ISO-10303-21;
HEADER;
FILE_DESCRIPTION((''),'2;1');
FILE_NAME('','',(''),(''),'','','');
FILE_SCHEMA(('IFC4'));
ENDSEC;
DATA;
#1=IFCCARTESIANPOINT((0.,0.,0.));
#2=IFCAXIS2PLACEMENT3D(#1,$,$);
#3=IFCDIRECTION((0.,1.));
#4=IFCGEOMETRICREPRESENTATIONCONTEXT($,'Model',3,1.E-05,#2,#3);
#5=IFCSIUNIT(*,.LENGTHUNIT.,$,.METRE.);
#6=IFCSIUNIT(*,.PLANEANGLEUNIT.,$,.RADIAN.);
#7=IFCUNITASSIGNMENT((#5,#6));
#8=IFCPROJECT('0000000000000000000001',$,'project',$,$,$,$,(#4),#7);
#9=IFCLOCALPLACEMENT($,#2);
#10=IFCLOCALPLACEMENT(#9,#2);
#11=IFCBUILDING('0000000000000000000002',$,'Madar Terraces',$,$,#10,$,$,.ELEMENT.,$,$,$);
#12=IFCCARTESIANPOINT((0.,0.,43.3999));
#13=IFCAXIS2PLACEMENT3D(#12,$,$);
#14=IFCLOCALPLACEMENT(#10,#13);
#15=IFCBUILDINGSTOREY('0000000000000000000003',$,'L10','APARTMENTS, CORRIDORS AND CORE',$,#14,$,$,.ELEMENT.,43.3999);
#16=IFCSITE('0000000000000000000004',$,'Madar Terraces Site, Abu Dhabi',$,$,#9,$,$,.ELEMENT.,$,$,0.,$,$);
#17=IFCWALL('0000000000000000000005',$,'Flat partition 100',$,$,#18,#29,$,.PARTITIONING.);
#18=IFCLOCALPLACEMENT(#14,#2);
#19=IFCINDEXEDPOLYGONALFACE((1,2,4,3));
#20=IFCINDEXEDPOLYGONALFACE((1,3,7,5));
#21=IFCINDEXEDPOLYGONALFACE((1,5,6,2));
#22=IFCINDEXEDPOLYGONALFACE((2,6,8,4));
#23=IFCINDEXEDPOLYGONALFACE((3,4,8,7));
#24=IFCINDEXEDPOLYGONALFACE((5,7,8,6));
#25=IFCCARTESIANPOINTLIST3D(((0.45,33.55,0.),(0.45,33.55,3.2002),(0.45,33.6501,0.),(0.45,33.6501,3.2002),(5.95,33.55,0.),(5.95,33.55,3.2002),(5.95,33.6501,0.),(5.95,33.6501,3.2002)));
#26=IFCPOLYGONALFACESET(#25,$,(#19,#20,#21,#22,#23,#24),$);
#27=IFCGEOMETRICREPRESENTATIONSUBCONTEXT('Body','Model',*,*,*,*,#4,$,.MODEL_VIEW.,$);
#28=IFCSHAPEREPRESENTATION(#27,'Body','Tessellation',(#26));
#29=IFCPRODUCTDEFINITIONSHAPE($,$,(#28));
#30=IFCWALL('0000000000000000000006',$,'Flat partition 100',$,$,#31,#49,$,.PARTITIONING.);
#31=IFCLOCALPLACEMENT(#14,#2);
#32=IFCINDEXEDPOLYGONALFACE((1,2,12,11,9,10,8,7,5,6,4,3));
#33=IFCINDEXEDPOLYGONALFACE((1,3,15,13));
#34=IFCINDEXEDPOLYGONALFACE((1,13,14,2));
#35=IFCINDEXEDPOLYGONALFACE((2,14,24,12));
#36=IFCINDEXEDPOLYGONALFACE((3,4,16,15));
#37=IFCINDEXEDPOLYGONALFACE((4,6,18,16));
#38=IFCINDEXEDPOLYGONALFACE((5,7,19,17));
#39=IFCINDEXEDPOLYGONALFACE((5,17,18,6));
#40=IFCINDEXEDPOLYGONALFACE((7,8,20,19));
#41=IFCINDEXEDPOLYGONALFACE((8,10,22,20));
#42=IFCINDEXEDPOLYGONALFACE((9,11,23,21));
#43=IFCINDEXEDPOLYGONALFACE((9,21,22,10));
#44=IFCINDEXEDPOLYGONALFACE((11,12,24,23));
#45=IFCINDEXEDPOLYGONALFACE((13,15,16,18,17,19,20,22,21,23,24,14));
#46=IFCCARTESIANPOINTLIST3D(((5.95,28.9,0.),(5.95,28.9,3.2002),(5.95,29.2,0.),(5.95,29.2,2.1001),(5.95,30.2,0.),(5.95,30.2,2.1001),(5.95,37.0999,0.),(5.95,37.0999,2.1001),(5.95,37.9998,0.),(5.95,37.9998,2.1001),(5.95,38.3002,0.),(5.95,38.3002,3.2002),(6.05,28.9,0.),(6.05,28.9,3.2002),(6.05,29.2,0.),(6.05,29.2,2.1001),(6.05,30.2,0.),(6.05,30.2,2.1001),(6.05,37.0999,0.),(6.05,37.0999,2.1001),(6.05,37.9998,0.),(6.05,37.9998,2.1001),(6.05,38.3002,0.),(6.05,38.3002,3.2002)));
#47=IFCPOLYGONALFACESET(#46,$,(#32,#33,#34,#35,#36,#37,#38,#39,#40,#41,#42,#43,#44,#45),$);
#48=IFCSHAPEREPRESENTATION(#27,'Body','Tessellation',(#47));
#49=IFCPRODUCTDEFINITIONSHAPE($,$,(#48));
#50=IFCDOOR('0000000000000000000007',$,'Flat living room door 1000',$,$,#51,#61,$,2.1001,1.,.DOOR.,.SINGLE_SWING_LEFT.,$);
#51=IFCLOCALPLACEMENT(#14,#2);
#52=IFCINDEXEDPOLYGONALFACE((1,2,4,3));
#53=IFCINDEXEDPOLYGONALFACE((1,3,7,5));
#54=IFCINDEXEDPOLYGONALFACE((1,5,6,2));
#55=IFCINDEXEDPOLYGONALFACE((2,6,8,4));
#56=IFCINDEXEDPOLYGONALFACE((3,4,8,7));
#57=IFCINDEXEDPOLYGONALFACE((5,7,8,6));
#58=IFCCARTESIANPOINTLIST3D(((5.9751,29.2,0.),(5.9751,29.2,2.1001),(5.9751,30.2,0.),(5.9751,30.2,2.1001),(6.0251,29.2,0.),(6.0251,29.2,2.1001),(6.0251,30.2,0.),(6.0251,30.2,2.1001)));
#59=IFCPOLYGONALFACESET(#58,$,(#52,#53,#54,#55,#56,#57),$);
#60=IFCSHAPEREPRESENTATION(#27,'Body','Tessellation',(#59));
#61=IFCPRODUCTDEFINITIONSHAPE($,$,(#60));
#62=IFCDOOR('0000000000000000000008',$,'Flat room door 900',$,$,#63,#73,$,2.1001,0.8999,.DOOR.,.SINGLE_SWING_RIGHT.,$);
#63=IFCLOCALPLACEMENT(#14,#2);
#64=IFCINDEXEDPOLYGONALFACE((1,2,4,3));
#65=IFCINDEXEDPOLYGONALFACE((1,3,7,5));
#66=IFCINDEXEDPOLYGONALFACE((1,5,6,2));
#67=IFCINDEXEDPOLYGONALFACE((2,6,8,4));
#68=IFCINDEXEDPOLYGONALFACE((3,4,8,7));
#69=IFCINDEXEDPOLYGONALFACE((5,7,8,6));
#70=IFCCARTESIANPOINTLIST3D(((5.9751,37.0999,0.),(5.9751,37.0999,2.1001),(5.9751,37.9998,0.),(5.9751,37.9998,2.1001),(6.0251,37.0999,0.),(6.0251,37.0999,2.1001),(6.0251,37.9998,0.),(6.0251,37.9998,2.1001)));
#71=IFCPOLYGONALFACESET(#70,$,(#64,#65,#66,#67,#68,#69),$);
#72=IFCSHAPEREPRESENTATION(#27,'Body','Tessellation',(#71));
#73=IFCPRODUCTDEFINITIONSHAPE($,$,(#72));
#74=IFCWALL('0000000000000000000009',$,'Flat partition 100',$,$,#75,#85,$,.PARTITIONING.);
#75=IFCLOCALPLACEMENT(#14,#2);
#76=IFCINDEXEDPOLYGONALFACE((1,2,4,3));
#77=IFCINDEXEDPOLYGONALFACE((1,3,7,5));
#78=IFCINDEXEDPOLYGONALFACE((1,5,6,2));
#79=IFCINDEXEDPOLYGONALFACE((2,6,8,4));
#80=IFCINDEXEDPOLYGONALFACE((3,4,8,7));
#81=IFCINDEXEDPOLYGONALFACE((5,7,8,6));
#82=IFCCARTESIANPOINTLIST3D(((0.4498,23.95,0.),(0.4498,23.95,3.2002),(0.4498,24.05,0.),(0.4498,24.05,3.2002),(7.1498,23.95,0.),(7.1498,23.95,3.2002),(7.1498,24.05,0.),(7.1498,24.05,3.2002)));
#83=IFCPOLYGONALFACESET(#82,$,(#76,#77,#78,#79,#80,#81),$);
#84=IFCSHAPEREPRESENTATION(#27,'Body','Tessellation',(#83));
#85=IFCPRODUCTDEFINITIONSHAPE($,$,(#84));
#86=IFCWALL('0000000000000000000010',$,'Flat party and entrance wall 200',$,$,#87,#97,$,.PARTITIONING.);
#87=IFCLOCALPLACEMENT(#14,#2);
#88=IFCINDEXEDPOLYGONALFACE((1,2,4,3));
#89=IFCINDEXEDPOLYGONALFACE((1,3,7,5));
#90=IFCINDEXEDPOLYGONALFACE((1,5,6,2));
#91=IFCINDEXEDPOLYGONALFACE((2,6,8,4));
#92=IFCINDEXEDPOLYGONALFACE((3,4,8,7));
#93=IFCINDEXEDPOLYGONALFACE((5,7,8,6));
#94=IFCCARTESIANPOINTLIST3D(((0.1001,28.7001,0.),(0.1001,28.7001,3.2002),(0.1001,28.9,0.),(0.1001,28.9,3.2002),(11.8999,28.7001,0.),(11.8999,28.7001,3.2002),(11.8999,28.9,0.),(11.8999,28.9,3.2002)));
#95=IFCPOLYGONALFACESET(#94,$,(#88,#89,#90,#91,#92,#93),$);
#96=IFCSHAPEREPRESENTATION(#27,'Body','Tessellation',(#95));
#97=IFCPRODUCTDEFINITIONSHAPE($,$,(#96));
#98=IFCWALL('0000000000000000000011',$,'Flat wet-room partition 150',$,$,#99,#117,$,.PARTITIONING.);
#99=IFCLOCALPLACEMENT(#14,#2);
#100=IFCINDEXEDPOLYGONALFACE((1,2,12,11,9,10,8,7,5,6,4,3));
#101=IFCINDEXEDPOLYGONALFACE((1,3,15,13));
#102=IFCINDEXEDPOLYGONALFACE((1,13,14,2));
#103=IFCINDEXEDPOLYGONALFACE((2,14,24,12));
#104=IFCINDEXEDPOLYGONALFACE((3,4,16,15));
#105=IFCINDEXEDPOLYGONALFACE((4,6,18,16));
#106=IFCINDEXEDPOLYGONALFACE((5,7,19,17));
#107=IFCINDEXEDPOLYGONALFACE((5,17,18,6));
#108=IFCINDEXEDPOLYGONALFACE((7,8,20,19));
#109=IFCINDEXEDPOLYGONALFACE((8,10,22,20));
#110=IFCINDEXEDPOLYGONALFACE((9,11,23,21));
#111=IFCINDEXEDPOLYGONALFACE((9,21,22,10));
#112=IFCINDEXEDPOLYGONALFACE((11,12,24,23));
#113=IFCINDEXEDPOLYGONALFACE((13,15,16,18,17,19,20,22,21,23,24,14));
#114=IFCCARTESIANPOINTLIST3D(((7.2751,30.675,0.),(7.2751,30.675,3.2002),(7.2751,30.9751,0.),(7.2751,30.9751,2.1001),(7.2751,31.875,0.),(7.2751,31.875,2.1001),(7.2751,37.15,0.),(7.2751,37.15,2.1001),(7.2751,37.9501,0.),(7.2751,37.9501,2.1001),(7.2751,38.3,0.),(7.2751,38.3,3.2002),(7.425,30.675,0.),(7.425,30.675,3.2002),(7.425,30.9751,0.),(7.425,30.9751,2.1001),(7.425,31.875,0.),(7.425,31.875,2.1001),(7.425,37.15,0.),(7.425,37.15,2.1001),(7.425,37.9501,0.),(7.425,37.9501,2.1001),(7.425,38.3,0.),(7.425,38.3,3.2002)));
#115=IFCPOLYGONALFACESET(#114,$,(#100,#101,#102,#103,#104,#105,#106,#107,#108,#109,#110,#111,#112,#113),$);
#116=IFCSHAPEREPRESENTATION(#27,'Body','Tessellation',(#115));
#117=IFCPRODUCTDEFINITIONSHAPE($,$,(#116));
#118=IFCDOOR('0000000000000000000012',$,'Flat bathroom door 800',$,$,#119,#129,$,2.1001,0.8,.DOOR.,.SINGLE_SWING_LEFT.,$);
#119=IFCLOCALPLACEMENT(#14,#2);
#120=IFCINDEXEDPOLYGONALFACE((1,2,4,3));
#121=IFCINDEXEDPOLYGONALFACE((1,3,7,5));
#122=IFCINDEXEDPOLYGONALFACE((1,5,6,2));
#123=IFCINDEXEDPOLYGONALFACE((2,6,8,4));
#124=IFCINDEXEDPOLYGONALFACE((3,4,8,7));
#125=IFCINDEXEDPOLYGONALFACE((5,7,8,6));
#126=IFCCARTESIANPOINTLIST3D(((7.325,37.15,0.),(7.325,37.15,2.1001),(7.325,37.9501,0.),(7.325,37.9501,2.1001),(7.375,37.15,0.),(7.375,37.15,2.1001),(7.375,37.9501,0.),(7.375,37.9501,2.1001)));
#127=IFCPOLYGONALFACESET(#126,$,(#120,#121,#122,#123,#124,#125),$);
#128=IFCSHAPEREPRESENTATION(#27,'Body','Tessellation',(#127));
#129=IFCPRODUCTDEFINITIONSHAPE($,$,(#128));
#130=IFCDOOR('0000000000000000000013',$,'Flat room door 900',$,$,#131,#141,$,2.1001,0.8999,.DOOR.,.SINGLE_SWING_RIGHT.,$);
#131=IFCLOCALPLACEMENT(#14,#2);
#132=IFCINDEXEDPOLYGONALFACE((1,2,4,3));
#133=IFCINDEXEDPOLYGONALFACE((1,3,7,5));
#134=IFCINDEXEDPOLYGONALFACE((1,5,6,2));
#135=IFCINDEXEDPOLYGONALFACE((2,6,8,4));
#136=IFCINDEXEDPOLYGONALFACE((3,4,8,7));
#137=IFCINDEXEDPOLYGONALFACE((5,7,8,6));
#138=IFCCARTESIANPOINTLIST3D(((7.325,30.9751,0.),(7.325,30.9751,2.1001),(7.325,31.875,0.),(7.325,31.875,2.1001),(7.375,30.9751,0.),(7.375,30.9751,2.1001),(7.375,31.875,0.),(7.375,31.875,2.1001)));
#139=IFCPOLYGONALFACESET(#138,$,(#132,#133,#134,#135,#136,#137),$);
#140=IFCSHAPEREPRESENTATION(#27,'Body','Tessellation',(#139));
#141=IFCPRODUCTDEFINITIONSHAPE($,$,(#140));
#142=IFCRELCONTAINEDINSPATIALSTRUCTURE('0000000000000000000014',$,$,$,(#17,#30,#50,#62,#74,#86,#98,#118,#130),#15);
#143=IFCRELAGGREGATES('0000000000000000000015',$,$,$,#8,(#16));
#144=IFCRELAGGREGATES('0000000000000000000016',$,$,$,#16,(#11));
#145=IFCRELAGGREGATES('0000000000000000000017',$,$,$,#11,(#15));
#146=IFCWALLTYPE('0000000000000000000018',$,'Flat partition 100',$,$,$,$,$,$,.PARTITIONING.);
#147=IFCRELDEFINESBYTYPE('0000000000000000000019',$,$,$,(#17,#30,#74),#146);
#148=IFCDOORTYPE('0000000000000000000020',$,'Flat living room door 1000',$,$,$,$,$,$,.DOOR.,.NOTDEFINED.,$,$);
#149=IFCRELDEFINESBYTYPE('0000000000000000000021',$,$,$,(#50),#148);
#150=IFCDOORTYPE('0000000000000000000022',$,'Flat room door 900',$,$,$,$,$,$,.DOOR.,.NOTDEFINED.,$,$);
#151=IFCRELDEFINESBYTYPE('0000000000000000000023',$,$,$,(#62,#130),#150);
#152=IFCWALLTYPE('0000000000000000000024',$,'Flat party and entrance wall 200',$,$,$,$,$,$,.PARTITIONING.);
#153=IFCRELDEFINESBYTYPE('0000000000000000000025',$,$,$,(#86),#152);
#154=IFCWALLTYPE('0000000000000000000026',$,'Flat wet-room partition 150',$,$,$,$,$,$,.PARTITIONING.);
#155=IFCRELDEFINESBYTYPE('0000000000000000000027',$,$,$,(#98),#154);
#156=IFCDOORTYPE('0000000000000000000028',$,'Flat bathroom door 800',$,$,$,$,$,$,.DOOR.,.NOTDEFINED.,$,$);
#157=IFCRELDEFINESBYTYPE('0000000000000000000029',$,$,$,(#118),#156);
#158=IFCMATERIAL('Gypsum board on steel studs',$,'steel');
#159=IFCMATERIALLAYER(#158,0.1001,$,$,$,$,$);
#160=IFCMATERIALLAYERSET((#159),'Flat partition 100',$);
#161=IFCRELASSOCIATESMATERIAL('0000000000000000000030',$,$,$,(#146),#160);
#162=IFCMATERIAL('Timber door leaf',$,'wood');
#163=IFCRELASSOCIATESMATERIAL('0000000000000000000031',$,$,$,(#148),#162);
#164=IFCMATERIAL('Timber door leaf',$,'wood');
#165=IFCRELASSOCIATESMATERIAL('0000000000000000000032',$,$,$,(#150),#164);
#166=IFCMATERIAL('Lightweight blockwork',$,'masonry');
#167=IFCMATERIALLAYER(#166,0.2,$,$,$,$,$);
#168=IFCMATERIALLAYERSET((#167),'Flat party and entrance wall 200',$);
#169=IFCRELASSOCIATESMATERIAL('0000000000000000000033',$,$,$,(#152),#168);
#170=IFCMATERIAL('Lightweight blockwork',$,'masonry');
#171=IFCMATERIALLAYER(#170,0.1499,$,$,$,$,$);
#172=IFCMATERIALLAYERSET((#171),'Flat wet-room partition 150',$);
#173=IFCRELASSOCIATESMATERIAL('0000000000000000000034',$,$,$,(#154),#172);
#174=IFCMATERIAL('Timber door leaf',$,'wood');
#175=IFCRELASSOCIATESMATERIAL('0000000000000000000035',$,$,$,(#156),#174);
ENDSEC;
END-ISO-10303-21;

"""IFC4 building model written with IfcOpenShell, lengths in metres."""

from ifc_helpers import new_model, si_unit, direction, frame, frame_2d, origin, place, context, subcontext, project, spatial, rectangle, extrude, material, layer, layer_set, type_object, element, fill, save


model = new_model("IFC4")

# Units and contexts
model_context = context("Model", 3, precision=1e-05, world=origin(), true_north=direction((0.0, 1.0)))
body_context = subcontext(model_context, "Body", "Model", "MODEL_VIEW")
ifc_project = project(units=[si_unit("LENGTHUNIT", "METRE"), si_unit("PLANEANGLEUNIT", "RADIAN")], contexts=[model_context])

# Site, building, storey
site_placement = place(None, origin())
site = spatial("IfcSite", under=ifc_project, at=site_placement, Name="Madar Terraces Site, Abu Dhabi", CompositionType="ELEMENT", RefElevation=0.0)
building_placement = place(site_placement, origin())
building = spatial("IfcBuilding", under=site, at=building_placement, Name="Madar Terraces", CompositionType="ELEMENT")
storey_placement = place(building_placement, frame((0.0, 0.0, 43.3999)))
storey = spatial("IfcBuildingStorey", under=building, at=storey_placement, Name="L10", Description="APARTMENTS, CORRIDORS AND CORE", CompositionType="ELEMENT", Elevation=43.3999)

# Wall
ifc_material_1 = material(Name="Gypsum board on steel studs", Category="steel")
ifc_layer_1 = layer(ifc_material_1, 0.1001)
ifc_layer_set_1 = layer_set([ifc_layer_1], Name="Flat partition 100")
wall_type_1 = type_object("IfcWallType", Name="Flat partition 100", PredefinedType="PARTITIONING", material=ifc_layer_set_1)
wall_1_placement = place(storey_placement, frame((5.95, 33.6001, 0.0), z_axis=(0.0, 0.0, 1.0), x_axis=(-1.0, 0.0, 0.0)))
element("IfcWall", 1, at=wall_1_placement, inside=storey, type_object=wall_type_1, Name="Flat partition 100", PredefinedType="PARTITIONING", context=body_context, shape_type="SweptSolid", body=[
    extrude(rectangle(XDim=5.5, YDim=0.1001, at=frame_2d((2.75, 0.0))), origin(), (0.0, 0.0, 1.0), 3.2002),
])

# Wall, openings, doors
wall_2_placement = place(storey_placement, frame((6.0, 28.8999, 0.0), z_axis=(0.0, 0.0, 1.0), x_axis=(0.0, 1.0, 0.0)))
wall_2 = element("IfcWall", 2, at=wall_2_placement, inside=storey, type_object=wall_type_1, Name="Flat partition 100", PredefinedType="PARTITIONING", context=body_context, shape_type="SweptSolid", body=[
    extrude(rectangle(XDim=9.4001, YDim=0.1001, at=frame_2d((4.7002, 0.0))), origin(), (0.0, 0.0, 1.0), 3.2002),
])
opening_1_placement = place(wall_2_placement, frame((0.3, 0.0, 0.0)))
opening_1 = element("IfcOpeningElement", 3, at=opening_1_placement, cuts=wall_2, PredefinedType="OPENING", context=body_context, shape_type="SweptSolid", body=[
    extrude(rectangle(XDim=1.0, YDim=2.1001, at=frame_2d((0.5, 1.05))), frame((0.0, 0.0601, 0.0), z_axis=(0.0, -1.0, 0.0), x_axis=(1.0, 0.0, 0.0)), (0.0, 0.0, 1.0), 0.1201),
])
opening_2_placement = place(wall_2_placement, frame((8.2, 0.0, 0.0)))
opening_2 = element("IfcOpeningElement", 4, at=opening_2_placement, cuts=wall_2, PredefinedType="OPENING", context=body_context, shape_type="SweptSolid", body=[
    extrude(rectangle(XDim=0.8999, YDim=2.1001, at=frame_2d((0.45, 1.05))), frame((0.0, 0.0601, 0.0), z_axis=(0.0, -1.0, 0.0), x_axis=(1.0, 0.0, 0.0)), (0.0, 0.0, 1.0), 0.1201),
])
ifc_material_2 = material(Name="Timber door leaf", Category="wood")
door_type_1 = type_object("IfcDoorType", Name="Flat living room door 1000", OperationType="NOTDEFINED", PredefinedType="DOOR", material=ifc_material_2)
door_1_placement = place(opening_1_placement, origin())
door_1 = element("IfcDoor", 5, at=door_1_placement, inside=storey, type_object=door_type_1, Name="Flat living room door 1000", OperationType="SINGLE_SWING_LEFT", OverallHeight=2.1001, OverallWidth=1.0, PredefinedType="DOOR", context=body_context, shape_type="SweptSolid", body=[
    extrude(rectangle(XDim=1.0, YDim=2.1001, at=frame_2d((0.5, 1.05))), frame((0.0, 0.0249, 0.0), z_axis=(0.0, -1.0, 0.0), x_axis=(1.0, 0.0, 0.0)), (0.0, 0.0, 1.0), 0.05),
])
fill(opening_1, door_1)
ifc_material_3 = material(Name="Timber door leaf", Category="wood")
door_type_2 = type_object("IfcDoorType", Name="Flat room door 900", OperationType="NOTDEFINED", PredefinedType="DOOR", material=ifc_material_3)
door_2_placement = place(opening_2_placement, origin())
door_2 = element("IfcDoor", 6, at=door_2_placement, inside=storey, type_object=door_type_2, Name="Flat room door 900", OperationType="SINGLE_SWING_RIGHT", OverallHeight=2.1001, OverallWidth=0.8999, PredefinedType="DOOR", context=body_context, shape_type="SweptSolid", body=[
    extrude(rectangle(XDim=0.8999, YDim=2.1001, at=frame_2d((0.45, 1.05))), frame((0.0, 0.0249, 0.0), z_axis=(0.0, -1.0, 0.0), x_axis=(1.0, 0.0, 0.0)), (0.0, 0.0, 1.0), 0.05),
])
fill(opening_2, door_2)

# Walls
wall_3_placement = place(storey_placement, frame((7.1499, 24.0, 0.0), z_axis=(0.0, 0.0, 1.0), x_axis=(-1.0, 0.0, 0.0)))
element("IfcWall", 7, at=wall_3_placement, inside=storey, type_object=wall_type_1, Name="Flat partition 100", PredefinedType="PARTITIONING", context=body_context, shape_type="SweptSolid", body=[
    extrude(rectangle(XDim=6.7, YDim=0.1001, at=frame_2d((3.3501, 0.0))), origin(), (0.0, 0.0, 1.0), 3.2002),
])
ifc_material_4 = material(Name="Lightweight blockwork", Category="masonry")
ifc_layer_2 = layer(ifc_material_4, 0.2)
ifc_layer_set_2 = layer_set([ifc_layer_2], Name="Flat party and entrance wall 200")
wall_type_2 = type_object("IfcWallType", Name="Flat party and entrance wall 200", PredefinedType="PARTITIONING", material=ifc_layer_set_2)
wall_4_placement = place(storey_placement, frame((0.1001, 28.8, 0.0), z_axis=(0.0, 0.0, 1.0), x_axis=(1.0, 0.0, 0.0)))
element("IfcWall", 8, at=wall_4_placement, inside=storey, type_object=wall_type_2, Name="Flat party and entrance wall 200", PredefinedType="PARTITIONING", context=body_context, shape_type="SweptSolid", body=[
    extrude(rectangle(XDim=11.7998, YDim=0.2, at=frame_2d((5.8999, 0.0))), origin(), (0.0, 0.0, 1.0), 3.2002),
])

# Wall, openings, doors
ifc_material_5 = material(Name="Lightweight blockwork", Category="masonry")
ifc_layer_3 = layer(ifc_material_5, 0.1499)
ifc_layer_set_3 = layer_set([ifc_layer_3], Name="Flat wet-room partition 150")
wall_type_3 = type_object("IfcWallType", Name="Flat wet-room partition 150", PredefinedType="PARTITIONING", material=ifc_layer_set_3)
wall_5_placement = place(storey_placement, frame((7.3501, 38.3, 0.0), z_axis=(0.0, 0.0, 1.0), x_axis=(0.0, -1.0, 0.0)))
wall_5 = element("IfcWall", 9, at=wall_5_placement, inside=storey, type_object=wall_type_3, Name="Flat wet-room partition 150", PredefinedType="PARTITIONING", context=body_context, shape_type="SweptSolid", body=[
    extrude(rectangle(XDim=7.625, YDim=0.1499, at=frame_2d((3.8125, 0.0))), origin(), (0.0, 0.0, 1.0), 3.2002),
])
opening_3_placement = place(wall_5_placement, frame((6.425, 0.0, 0.0)))
opening_3 = element("IfcOpeningElement", 10, at=opening_3_placement, cuts=wall_5, PredefinedType="OPENING", context=body_context, shape_type="SweptSolid", body=[
    extrude(rectangle(XDim=0.8999, YDim=2.1001, at=frame_2d((0.45, 1.05))), frame((0.0, 0.085, 0.0), z_axis=(0.0, -1.0, 0.0), x_axis=(1.0, 0.0, 0.0)), (0.0, 0.0, 1.0), 0.1699),
])
opening_4_placement = place(wall_5_placement, frame((0.3501, 0.0, 0.0)))
opening_4 = element("IfcOpeningElement", 11, at=opening_4_placement, cuts=wall_5, PredefinedType="OPENING", context=body_context, shape_type="SweptSolid", body=[
    extrude(rectangle(XDim=0.8, YDim=2.1001, at=frame_2d((0.3999, 1.05))), frame((0.0, 0.085, 0.0), z_axis=(0.0, -1.0, 0.0), x_axis=(1.0, 0.0, 0.0)), (0.0, 0.0, 1.0), 0.1699),
])
ifc_material_6 = material(Name="Timber door leaf", Category="wood")
door_type_3 = type_object("IfcDoorType", Name="Flat bathroom door 800", OperationType="NOTDEFINED", PredefinedType="DOOR", material=ifc_material_6)
door_3_placement = place(opening_4_placement, origin())
door_3 = element("IfcDoor", 12, at=door_3_placement, inside=storey, type_object=door_type_3, Name="Flat bathroom door 800", OperationType="SINGLE_SWING_LEFT", OverallHeight=2.1001, OverallWidth=0.8, PredefinedType="DOOR", context=body_context, shape_type="SweptSolid", body=[
    extrude(rectangle(XDim=0.8, YDim=2.1001, at=frame_2d((0.3999, 1.05))), frame((0.0, 0.0249, 0.0), z_axis=(0.0, -1.0, 0.0), x_axis=(1.0, 0.0, 0.0)), (0.0, 0.0, 1.0), 0.05),
])
fill(opening_4, door_3)
door_4_placement = place(opening_3_placement, origin())
door_4 = element("IfcDoor", 13, at=door_4_placement, inside=storey, type_object=door_type_2, Name="Flat room door 900", OperationType="SINGLE_SWING_RIGHT", OverallHeight=2.1001, OverallWidth=0.8999, PredefinedType="DOOR", context=body_context, shape_type="SweptSolid", body=[
    extrude(rectangle(XDim=0.8999, YDim=2.1001, at=frame_2d((0.45, 1.05))), frame((0.0, 0.0249, 0.0), z_axis=(0.0, -1.0, 0.0), x_axis=(1.0, 0.0, 0.0)), (0.0, 0.0, 1.0), 0.05),
])
fill(opening_3, door_4)

save(model, "model.ifc")
